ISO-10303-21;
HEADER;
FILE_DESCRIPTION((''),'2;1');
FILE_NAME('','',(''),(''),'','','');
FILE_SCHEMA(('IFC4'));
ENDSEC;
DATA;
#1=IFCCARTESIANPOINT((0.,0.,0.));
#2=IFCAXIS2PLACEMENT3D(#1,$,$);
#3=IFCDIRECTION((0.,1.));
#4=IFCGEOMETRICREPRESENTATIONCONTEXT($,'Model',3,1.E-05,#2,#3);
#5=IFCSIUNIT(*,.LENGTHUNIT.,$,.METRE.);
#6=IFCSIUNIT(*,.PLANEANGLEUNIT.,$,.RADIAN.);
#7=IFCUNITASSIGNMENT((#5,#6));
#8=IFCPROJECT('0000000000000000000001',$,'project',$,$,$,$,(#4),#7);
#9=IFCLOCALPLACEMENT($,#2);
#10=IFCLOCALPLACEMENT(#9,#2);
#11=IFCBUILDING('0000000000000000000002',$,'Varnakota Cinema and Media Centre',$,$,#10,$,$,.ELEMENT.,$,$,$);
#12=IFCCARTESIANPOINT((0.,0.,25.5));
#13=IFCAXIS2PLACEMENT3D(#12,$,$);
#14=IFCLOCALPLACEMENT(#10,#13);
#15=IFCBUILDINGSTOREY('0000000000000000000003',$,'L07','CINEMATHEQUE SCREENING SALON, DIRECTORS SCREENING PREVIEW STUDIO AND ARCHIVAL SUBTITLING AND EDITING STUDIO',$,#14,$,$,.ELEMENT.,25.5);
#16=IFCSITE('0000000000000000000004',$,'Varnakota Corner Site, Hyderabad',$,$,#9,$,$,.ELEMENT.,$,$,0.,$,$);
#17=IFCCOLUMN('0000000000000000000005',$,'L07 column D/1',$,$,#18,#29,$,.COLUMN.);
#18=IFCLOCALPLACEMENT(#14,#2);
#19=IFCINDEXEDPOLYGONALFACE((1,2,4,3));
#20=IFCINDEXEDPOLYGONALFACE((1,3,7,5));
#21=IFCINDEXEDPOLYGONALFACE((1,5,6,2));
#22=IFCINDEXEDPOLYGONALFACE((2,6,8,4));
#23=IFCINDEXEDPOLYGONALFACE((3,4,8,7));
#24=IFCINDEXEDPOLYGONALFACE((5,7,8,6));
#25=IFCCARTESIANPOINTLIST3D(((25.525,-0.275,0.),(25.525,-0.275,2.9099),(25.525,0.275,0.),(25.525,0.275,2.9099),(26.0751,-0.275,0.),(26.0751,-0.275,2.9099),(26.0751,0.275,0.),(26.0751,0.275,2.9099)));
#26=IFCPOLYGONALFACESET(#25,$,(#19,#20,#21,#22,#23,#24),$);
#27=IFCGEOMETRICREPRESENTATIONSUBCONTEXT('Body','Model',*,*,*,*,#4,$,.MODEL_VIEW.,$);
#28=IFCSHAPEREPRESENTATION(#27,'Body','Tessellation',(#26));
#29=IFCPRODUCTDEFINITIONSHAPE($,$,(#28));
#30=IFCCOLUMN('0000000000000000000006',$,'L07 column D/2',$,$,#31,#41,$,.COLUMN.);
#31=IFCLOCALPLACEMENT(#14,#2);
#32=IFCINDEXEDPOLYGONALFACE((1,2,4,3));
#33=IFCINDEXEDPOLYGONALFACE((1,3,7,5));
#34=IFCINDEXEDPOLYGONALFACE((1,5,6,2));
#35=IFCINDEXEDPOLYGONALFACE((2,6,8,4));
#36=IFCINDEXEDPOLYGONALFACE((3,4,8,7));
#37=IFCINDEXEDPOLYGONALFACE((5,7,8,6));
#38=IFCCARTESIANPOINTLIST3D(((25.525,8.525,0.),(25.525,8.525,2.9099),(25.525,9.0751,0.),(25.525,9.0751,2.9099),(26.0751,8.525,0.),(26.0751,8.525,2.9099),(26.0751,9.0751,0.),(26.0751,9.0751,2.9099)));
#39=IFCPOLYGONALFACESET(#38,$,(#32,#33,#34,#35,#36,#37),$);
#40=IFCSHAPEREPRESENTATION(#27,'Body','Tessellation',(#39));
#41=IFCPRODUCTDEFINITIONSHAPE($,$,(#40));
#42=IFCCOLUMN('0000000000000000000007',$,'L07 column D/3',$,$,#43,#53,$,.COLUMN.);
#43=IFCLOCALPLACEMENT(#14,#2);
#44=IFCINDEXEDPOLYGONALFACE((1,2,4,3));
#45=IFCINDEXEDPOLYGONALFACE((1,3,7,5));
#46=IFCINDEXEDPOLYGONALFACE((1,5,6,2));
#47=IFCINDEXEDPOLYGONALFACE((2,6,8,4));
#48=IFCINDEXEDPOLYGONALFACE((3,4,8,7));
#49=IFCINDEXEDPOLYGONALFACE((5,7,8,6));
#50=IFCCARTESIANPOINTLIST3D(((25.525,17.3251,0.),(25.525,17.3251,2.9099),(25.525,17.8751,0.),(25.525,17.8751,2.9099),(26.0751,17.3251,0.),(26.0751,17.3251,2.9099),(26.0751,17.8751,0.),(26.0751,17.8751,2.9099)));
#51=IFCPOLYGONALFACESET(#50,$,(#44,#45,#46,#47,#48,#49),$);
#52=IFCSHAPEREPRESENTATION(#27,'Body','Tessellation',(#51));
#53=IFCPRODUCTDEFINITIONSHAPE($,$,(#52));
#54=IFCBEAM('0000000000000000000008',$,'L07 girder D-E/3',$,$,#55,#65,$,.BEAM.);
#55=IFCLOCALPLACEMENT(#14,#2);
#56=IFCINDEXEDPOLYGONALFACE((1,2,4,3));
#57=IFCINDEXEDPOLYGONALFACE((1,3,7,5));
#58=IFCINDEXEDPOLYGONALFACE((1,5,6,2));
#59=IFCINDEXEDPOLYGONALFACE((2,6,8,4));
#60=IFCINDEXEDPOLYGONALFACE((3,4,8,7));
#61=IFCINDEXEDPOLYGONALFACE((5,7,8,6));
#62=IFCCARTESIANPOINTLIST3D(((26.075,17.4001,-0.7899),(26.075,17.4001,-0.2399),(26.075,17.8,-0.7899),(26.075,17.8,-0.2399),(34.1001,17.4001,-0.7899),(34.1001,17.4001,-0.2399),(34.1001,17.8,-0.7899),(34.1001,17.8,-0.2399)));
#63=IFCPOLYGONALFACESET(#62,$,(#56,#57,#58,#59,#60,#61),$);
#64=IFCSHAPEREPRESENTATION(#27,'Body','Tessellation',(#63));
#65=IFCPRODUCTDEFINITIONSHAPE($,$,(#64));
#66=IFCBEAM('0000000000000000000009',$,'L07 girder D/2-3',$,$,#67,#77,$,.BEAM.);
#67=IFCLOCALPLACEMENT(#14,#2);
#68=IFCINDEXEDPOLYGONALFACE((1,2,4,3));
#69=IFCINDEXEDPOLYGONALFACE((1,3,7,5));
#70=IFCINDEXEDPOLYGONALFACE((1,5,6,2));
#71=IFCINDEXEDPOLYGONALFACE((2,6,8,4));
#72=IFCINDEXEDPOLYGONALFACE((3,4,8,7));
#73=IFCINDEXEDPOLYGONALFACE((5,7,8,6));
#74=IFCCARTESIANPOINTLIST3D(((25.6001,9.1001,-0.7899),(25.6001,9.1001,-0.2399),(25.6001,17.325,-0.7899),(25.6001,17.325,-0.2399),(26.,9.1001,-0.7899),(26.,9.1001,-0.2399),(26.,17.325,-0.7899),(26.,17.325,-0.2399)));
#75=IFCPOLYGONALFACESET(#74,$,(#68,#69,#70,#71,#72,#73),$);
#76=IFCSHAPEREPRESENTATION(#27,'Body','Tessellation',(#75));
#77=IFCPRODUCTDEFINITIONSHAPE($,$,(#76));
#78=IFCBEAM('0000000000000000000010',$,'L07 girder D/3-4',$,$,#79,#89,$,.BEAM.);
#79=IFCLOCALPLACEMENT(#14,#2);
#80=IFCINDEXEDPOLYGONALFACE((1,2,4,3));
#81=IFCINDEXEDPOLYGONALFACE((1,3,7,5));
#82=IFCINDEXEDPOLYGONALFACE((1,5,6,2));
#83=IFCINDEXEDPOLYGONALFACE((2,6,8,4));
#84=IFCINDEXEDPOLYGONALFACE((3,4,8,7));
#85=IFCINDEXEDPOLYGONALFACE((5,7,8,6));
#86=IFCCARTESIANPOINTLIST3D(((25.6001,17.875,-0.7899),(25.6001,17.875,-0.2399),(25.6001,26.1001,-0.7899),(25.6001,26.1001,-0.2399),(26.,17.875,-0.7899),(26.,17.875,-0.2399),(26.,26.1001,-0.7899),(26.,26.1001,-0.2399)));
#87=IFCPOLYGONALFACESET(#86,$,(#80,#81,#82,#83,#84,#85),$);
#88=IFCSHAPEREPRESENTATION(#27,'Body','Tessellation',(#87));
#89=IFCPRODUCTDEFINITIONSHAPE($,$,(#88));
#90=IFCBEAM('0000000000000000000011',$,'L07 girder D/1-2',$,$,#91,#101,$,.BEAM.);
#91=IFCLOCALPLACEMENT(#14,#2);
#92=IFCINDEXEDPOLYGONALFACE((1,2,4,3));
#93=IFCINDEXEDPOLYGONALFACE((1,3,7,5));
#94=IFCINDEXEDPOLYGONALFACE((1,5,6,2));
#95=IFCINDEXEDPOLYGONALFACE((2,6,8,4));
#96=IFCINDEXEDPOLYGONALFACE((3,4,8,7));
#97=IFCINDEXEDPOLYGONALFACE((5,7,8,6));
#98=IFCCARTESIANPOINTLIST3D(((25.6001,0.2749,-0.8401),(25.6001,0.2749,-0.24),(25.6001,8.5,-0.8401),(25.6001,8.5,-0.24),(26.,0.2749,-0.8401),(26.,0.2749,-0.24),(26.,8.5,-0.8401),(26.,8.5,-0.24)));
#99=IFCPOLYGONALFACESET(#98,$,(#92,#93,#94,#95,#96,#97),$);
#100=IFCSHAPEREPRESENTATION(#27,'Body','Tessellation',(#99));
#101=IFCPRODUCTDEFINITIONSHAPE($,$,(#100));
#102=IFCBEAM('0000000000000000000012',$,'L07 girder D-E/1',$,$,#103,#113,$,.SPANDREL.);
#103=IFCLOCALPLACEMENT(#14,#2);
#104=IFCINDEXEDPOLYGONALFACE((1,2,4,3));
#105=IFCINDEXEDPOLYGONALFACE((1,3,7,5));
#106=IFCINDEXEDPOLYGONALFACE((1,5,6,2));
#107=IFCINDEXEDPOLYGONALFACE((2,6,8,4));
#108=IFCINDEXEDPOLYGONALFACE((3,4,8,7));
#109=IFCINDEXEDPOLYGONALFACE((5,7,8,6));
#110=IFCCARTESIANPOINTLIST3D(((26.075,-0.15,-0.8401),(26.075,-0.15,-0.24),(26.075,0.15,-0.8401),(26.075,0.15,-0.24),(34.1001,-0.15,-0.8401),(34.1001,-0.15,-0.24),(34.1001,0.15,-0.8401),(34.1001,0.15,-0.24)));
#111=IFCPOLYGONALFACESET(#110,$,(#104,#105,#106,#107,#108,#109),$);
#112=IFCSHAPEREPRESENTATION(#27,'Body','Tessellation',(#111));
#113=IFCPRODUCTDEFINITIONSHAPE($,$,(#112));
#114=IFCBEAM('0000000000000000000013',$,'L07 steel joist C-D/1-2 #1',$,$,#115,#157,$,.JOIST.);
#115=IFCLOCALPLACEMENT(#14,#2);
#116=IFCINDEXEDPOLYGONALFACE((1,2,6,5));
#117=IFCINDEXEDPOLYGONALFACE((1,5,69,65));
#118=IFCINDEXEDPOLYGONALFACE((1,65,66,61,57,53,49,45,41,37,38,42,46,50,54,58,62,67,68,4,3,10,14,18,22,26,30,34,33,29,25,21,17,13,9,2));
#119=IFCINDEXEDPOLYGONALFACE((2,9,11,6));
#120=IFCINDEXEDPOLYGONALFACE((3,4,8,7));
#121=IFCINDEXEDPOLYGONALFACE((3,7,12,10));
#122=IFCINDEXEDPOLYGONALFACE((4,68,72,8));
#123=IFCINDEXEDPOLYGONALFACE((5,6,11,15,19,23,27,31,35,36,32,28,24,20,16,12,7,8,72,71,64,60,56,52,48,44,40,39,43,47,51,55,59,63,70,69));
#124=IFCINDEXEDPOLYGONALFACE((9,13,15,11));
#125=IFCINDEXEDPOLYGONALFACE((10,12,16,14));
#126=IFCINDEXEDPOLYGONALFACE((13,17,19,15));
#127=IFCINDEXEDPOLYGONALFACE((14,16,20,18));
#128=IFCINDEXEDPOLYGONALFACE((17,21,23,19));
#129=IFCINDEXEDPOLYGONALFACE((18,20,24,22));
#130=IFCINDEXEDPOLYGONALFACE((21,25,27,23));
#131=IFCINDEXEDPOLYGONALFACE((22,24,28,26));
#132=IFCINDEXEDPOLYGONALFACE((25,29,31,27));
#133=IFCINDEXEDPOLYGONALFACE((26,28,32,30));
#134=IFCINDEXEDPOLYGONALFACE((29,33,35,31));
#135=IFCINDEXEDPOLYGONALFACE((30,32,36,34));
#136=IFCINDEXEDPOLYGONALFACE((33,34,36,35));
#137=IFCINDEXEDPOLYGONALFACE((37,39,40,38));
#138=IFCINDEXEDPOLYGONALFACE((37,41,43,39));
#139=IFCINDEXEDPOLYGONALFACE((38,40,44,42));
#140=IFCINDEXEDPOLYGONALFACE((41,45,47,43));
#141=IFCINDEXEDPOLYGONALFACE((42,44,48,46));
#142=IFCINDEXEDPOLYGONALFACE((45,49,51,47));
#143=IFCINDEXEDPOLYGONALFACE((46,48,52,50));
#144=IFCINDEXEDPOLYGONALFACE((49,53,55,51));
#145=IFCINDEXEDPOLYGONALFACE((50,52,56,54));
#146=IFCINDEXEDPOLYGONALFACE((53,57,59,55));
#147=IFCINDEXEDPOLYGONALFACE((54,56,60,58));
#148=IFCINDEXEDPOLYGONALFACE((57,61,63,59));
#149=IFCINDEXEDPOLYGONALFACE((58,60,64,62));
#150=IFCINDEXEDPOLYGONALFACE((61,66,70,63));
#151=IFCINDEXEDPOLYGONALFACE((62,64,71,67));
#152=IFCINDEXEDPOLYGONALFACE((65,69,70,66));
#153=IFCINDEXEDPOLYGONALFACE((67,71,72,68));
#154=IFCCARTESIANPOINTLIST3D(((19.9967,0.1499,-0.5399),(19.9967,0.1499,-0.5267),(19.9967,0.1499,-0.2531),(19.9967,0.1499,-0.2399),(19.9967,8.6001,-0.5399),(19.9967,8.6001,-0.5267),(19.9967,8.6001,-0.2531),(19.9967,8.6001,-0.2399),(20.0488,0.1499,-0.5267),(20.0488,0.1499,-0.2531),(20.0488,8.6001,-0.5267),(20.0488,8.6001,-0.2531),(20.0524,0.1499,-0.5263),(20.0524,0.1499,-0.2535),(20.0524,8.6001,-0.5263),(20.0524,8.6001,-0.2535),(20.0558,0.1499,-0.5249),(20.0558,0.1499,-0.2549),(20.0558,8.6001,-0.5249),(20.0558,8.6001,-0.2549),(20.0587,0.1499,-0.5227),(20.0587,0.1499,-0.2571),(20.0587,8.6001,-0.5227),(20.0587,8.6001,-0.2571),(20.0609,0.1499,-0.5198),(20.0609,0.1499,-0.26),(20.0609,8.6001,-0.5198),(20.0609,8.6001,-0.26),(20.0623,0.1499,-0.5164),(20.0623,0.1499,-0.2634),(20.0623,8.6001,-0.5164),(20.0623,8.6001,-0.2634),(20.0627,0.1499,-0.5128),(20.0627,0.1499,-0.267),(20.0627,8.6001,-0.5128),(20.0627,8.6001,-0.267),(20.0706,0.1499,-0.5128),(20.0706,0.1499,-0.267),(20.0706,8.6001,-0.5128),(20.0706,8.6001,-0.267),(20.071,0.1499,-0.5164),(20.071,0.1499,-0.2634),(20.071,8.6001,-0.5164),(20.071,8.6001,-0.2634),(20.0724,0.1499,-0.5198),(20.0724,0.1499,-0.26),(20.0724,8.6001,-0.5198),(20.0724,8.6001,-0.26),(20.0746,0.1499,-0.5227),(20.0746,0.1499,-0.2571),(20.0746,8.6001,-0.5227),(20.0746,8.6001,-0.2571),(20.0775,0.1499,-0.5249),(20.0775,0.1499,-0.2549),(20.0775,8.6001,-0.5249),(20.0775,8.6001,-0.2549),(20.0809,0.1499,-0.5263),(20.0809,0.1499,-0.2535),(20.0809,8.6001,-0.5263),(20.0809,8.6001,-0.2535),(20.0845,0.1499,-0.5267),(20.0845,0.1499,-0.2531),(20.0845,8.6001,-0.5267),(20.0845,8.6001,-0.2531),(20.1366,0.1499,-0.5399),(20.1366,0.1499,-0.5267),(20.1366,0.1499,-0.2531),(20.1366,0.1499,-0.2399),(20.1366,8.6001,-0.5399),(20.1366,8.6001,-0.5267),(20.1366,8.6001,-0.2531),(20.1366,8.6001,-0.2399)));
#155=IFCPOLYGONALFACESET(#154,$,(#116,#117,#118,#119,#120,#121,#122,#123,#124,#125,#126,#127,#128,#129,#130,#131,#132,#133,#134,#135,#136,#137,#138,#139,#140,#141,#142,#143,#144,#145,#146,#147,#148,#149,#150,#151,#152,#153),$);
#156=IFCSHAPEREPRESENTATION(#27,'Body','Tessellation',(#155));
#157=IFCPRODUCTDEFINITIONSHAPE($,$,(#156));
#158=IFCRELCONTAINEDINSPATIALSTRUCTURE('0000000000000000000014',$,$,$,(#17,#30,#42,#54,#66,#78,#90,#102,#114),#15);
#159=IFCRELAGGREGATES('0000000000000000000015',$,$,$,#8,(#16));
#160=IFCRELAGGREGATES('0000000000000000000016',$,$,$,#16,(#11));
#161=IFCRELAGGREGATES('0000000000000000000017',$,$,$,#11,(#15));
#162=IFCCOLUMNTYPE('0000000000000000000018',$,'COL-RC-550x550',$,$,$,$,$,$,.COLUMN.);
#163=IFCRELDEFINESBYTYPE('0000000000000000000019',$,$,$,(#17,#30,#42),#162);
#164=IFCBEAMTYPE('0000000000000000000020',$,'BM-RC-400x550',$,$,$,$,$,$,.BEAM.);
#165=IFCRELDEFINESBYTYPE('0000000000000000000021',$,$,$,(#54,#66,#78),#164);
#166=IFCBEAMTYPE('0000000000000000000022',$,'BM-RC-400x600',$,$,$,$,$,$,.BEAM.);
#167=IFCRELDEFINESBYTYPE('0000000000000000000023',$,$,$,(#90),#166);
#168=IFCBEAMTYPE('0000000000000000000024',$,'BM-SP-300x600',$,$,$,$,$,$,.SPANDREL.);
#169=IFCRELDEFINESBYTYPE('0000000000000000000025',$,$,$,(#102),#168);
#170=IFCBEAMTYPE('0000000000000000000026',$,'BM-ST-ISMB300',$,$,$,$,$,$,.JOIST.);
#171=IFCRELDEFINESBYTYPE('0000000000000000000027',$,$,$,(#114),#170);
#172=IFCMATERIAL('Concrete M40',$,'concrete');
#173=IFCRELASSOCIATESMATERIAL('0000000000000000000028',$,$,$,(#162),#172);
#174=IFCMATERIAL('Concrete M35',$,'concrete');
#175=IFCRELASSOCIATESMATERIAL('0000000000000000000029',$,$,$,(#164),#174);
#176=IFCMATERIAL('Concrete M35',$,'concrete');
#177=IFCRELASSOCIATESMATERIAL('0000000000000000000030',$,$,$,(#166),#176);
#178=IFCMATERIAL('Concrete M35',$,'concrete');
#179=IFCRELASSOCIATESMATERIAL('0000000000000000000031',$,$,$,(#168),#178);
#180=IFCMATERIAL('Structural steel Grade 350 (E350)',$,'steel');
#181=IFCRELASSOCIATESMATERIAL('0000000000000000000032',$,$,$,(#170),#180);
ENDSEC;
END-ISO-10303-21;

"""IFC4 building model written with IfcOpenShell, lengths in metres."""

from ifc_helpers import new_model, si_unit, direction, frame, origin, origin_2d, place, context, subcontext, project, spatial, rectangle, i_section, extrude, material, material_profile, profile_set, type_object, element, save


model = new_model("IFC4")

# Units and contexts
model_context = context("Model", 3, precision=1e-05, world=origin(), true_north=direction((0.0, 1.0)))
body_context = subcontext(model_context, "Body", "Model", "MODEL_VIEW")
ifc_project = project(units=[si_unit("LENGTHUNIT", "METRE"), si_unit("PLANEANGLEUNIT", "RADIAN")], contexts=[model_context])

# Site, building, storey
site_placement = place(None, origin())
site = spatial("IfcSite", under=ifc_project, at=site_placement, Name="Varnakota Corner Site, Hyderabad", CompositionType="ELEMENT", RefElevation=0.0)
building_placement = place(site_placement, origin())
building = spatial("IfcBuilding", under=site, at=building_placement, Name="Varnakota Cinema and Media Centre", CompositionType="ELEMENT")
storey_placement = place(building_placement, frame((0.0, 0.0, 25.5)))
storey = spatial("IfcBuildingStorey", under=building, at=storey_placement, Name="L07", Description="CINEMATHEQUE SCREENING SALON, DIRECTORS SCREENING PREVIEW STUDIO AND ARCHIVAL SUBTITLING AND EDITING STUDIO", CompositionType="ELEMENT", Elevation=25.5)

# Columns
ifc_material_1 = material(Name="Concrete M40", Category="concrete")
ifc_material_profile_1 = material_profile(ifc_material_1, rectangle(XDim=0.55, YDim=0.55, at=origin_2d()), Name="RC 550x550")
ifc_profile_set_1 = profile_set([ifc_material_profile_1], Name="Concrete M40")
column_type = type_object("IfcColumnType", Name="COL-RC-550x550", PredefinedType="COLUMN", material=ifc_profile_set_1)
for number, where, z_axis, x_axis, name in (
    (1, (25.8, 0.0, 0.0), (0.0, 0.0, 1.0), (1.0, 0.0, 0.0), "L07 column D/1"),
    (2, (25.8, 8.8, 0.0), (0.0, 0.0, 1.0), (1.0, 0.0, 0.0), "L07 column D/2"),
    (3, (25.8, 17.6001, 0.0), (0.0, 0.0, 1.0), (1.0, 0.0, 0.0), "L07 column D/3"),
):
    element("IfcColumn", number, at=place(storey_placement, frame(where, z_axis=z_axis, x_axis=x_axis)), inside=storey, type_object=column_type, Name=name, PredefinedType="COLUMN", context=body_context, shape_type="SweptSolid", body=[
        extrude(rectangle(XDim=0.55, YDim=0.55, at=origin_2d()), origin(), (0.0, 0.0, 1.0), 2.9099),
    ])

# Beams
ifc_material_2 = material(Name="Concrete M35", Category="concrete")
ifc_material_profile_2 = material_profile(ifc_material_2, rectangle(XDim=0.3999, YDim=0.55, at=origin_2d()), Name="RCB 400x550")
ifc_profile_set_2 = profile_set([ifc_material_profile_2], Name="Concrete M35")
beam_type_1 = type_object("IfcBeamType", Name="BM-RC-400x550", PredefinedType="BEAM", material=ifc_profile_set_2)
beam_1_placement = place(storey_placement, frame((26.075, 17.6001, -0.5149), z_axis=(1.0, 0.0, 0.0), x_axis=(0.0, 1.0, 0.0)))
element("IfcBeam", 4, at=beam_1_placement, inside=storey, type_object=beam_type_1, Name="L07 girder D-E/3", PredefinedType="BEAM", context=body_context, shape_type="SweptSolid", body=[
    extrude(rectangle(XDim=0.3999, YDim=0.55, at=origin_2d()), origin(), (0.0, 0.0, 1.0), 8.0251),
])
beam_2_placement = place(storey_placement, frame((25.8, 9.1001, -0.5149), z_axis=(0.0, 1.0, 0.0), x_axis=(-1.0, 0.0, 0.0)))
element("IfcBeam", 5, at=beam_2_placement, inside=storey, type_object=beam_type_1, Name="L07 girder D/2-3", PredefinedType="BEAM", context=body_context, shape_type="SweptSolid", body=[
    extrude(rectangle(XDim=0.3999, YDim=0.55, at=origin_2d()), origin(), (0.0, 0.0, 1.0), 8.2249),
])
beam_3_placement = place(storey_placement, frame((25.8, 17.875, -0.5149), z_axis=(0.0, 1.0, 0.0), x_axis=(-1.0, 0.0, 0.0)))
element("IfcBeam", 6, at=beam_3_placement, inside=storey, type_object=beam_type_1, Name="L07 girder D/3-4", PredefinedType="BEAM", context=body_context, shape_type="SweptSolid", body=[
    extrude(rectangle(XDim=0.3999, YDim=0.55, at=origin_2d()), origin(), (0.0, 0.0, 1.0), 8.2251),
])
ifc_material_3 = material(Name="Concrete M35", Category="concrete")
ifc_material_profile_3 = material_profile(ifc_material_3, rectangle(XDim=0.3999, YDim=0.6001, at=origin_2d()), Name="RCB 400x600")
ifc_profile_set_3 = profile_set([ifc_material_profile_3], Name="Concrete M35")
beam_type_2 = type_object("IfcBeamType", Name="BM-RC-400x600", PredefinedType="BEAM", material=ifc_profile_set_3)
beam_4_placement = place(storey_placement, frame((25.8, 0.2749, -0.54), z_axis=(0.0, 1.0, 0.0), x_axis=(-1.0, 0.0, 0.0)))
element("IfcBeam", 7, at=beam_4_placement, inside=storey, type_object=beam_type_2, Name="L07 girder D/1-2", PredefinedType="BEAM", context=body_context, shape_type="SweptSolid", body=[
    extrude(rectangle(XDim=0.3999, YDim=0.6001, at=origin_2d()), origin(), (0.0, 0.0, 1.0), 8.2251),
])
ifc_material_4 = material(Name="Concrete M35", Category="concrete")
ifc_material_profile_4 = material_profile(ifc_material_4, rectangle(XDim=0.3, YDim=0.6001, at=origin_2d()), Name="RCB 300x600")
ifc_profile_set_4 = profile_set([ifc_material_profile_4], Name="Concrete M35")
beam_type_3 = type_object("IfcBeamType", Name="BM-SP-300x600", PredefinedType="SPANDREL", material=ifc_profile_set_4)
beam_5_placement = place(storey_placement, frame((26.075, 0.0, -0.54), z_axis=(1.0, 0.0, 0.0), x_axis=(0.0, 1.0, 0.0)))
element("IfcBeam", 8, at=beam_5_placement, inside=storey, type_object=beam_type_3, Name="L07 girder D-E/1", PredefinedType="SPANDREL", context=body_context, shape_type="SweptSolid", body=[
    extrude(rectangle(XDim=0.3, YDim=0.6001, at=origin_2d()), origin(), (0.0, 0.0, 1.0), 8.0251),
])
ifc_material_5 = material(Name="Structural steel Grade 350 (E350)", Category="steel")
ifc_material_profile_5 = material_profile(ifc_material_5, i_section(OverallWidth=0.1399, OverallDepth=0.3, WebThickness=0.0078, FlangeThickness=0.0132, FilletRadius=0.0139, at=origin_2d()), Name="ISMB 300")
ifc_profile_set_5 = profile_set([ifc_material_profile_5], Name="Structural steel Grade 350 (E350)")
beam_type_4 = type_object("IfcBeamType", Name="BM-ST-ISMB300", PredefinedType="JOIST", material=ifc_profile_set_5)
for number, where, z_axis, x_axis, name in (
    (9, (20.0667, 0.1499, -0.3899), (0.0, 1.0, 0.0), (-1.0, 0.0, 0.0), "L07 steel joist C-D/1-2 #1"),
):
    element("IfcBeam", number, at=place(storey_placement, frame(where, z_axis=z_axis, x_axis=x_axis)), inside=storey, type_object=beam_type_4, Name=name, PredefinedType="JOIST", context=body_context, shape_type="SweptSolid", body=[
        extrude(i_section(OverallWidth=0.1399, OverallDepth=0.3, WebThickness=0.0078, FlangeThickness=0.0132, FilletRadius=0.0139, at=origin_2d()), origin(), (0.0, 0.0, 1.0), 8.4502),
    ])

save(model, "model.ifc")
